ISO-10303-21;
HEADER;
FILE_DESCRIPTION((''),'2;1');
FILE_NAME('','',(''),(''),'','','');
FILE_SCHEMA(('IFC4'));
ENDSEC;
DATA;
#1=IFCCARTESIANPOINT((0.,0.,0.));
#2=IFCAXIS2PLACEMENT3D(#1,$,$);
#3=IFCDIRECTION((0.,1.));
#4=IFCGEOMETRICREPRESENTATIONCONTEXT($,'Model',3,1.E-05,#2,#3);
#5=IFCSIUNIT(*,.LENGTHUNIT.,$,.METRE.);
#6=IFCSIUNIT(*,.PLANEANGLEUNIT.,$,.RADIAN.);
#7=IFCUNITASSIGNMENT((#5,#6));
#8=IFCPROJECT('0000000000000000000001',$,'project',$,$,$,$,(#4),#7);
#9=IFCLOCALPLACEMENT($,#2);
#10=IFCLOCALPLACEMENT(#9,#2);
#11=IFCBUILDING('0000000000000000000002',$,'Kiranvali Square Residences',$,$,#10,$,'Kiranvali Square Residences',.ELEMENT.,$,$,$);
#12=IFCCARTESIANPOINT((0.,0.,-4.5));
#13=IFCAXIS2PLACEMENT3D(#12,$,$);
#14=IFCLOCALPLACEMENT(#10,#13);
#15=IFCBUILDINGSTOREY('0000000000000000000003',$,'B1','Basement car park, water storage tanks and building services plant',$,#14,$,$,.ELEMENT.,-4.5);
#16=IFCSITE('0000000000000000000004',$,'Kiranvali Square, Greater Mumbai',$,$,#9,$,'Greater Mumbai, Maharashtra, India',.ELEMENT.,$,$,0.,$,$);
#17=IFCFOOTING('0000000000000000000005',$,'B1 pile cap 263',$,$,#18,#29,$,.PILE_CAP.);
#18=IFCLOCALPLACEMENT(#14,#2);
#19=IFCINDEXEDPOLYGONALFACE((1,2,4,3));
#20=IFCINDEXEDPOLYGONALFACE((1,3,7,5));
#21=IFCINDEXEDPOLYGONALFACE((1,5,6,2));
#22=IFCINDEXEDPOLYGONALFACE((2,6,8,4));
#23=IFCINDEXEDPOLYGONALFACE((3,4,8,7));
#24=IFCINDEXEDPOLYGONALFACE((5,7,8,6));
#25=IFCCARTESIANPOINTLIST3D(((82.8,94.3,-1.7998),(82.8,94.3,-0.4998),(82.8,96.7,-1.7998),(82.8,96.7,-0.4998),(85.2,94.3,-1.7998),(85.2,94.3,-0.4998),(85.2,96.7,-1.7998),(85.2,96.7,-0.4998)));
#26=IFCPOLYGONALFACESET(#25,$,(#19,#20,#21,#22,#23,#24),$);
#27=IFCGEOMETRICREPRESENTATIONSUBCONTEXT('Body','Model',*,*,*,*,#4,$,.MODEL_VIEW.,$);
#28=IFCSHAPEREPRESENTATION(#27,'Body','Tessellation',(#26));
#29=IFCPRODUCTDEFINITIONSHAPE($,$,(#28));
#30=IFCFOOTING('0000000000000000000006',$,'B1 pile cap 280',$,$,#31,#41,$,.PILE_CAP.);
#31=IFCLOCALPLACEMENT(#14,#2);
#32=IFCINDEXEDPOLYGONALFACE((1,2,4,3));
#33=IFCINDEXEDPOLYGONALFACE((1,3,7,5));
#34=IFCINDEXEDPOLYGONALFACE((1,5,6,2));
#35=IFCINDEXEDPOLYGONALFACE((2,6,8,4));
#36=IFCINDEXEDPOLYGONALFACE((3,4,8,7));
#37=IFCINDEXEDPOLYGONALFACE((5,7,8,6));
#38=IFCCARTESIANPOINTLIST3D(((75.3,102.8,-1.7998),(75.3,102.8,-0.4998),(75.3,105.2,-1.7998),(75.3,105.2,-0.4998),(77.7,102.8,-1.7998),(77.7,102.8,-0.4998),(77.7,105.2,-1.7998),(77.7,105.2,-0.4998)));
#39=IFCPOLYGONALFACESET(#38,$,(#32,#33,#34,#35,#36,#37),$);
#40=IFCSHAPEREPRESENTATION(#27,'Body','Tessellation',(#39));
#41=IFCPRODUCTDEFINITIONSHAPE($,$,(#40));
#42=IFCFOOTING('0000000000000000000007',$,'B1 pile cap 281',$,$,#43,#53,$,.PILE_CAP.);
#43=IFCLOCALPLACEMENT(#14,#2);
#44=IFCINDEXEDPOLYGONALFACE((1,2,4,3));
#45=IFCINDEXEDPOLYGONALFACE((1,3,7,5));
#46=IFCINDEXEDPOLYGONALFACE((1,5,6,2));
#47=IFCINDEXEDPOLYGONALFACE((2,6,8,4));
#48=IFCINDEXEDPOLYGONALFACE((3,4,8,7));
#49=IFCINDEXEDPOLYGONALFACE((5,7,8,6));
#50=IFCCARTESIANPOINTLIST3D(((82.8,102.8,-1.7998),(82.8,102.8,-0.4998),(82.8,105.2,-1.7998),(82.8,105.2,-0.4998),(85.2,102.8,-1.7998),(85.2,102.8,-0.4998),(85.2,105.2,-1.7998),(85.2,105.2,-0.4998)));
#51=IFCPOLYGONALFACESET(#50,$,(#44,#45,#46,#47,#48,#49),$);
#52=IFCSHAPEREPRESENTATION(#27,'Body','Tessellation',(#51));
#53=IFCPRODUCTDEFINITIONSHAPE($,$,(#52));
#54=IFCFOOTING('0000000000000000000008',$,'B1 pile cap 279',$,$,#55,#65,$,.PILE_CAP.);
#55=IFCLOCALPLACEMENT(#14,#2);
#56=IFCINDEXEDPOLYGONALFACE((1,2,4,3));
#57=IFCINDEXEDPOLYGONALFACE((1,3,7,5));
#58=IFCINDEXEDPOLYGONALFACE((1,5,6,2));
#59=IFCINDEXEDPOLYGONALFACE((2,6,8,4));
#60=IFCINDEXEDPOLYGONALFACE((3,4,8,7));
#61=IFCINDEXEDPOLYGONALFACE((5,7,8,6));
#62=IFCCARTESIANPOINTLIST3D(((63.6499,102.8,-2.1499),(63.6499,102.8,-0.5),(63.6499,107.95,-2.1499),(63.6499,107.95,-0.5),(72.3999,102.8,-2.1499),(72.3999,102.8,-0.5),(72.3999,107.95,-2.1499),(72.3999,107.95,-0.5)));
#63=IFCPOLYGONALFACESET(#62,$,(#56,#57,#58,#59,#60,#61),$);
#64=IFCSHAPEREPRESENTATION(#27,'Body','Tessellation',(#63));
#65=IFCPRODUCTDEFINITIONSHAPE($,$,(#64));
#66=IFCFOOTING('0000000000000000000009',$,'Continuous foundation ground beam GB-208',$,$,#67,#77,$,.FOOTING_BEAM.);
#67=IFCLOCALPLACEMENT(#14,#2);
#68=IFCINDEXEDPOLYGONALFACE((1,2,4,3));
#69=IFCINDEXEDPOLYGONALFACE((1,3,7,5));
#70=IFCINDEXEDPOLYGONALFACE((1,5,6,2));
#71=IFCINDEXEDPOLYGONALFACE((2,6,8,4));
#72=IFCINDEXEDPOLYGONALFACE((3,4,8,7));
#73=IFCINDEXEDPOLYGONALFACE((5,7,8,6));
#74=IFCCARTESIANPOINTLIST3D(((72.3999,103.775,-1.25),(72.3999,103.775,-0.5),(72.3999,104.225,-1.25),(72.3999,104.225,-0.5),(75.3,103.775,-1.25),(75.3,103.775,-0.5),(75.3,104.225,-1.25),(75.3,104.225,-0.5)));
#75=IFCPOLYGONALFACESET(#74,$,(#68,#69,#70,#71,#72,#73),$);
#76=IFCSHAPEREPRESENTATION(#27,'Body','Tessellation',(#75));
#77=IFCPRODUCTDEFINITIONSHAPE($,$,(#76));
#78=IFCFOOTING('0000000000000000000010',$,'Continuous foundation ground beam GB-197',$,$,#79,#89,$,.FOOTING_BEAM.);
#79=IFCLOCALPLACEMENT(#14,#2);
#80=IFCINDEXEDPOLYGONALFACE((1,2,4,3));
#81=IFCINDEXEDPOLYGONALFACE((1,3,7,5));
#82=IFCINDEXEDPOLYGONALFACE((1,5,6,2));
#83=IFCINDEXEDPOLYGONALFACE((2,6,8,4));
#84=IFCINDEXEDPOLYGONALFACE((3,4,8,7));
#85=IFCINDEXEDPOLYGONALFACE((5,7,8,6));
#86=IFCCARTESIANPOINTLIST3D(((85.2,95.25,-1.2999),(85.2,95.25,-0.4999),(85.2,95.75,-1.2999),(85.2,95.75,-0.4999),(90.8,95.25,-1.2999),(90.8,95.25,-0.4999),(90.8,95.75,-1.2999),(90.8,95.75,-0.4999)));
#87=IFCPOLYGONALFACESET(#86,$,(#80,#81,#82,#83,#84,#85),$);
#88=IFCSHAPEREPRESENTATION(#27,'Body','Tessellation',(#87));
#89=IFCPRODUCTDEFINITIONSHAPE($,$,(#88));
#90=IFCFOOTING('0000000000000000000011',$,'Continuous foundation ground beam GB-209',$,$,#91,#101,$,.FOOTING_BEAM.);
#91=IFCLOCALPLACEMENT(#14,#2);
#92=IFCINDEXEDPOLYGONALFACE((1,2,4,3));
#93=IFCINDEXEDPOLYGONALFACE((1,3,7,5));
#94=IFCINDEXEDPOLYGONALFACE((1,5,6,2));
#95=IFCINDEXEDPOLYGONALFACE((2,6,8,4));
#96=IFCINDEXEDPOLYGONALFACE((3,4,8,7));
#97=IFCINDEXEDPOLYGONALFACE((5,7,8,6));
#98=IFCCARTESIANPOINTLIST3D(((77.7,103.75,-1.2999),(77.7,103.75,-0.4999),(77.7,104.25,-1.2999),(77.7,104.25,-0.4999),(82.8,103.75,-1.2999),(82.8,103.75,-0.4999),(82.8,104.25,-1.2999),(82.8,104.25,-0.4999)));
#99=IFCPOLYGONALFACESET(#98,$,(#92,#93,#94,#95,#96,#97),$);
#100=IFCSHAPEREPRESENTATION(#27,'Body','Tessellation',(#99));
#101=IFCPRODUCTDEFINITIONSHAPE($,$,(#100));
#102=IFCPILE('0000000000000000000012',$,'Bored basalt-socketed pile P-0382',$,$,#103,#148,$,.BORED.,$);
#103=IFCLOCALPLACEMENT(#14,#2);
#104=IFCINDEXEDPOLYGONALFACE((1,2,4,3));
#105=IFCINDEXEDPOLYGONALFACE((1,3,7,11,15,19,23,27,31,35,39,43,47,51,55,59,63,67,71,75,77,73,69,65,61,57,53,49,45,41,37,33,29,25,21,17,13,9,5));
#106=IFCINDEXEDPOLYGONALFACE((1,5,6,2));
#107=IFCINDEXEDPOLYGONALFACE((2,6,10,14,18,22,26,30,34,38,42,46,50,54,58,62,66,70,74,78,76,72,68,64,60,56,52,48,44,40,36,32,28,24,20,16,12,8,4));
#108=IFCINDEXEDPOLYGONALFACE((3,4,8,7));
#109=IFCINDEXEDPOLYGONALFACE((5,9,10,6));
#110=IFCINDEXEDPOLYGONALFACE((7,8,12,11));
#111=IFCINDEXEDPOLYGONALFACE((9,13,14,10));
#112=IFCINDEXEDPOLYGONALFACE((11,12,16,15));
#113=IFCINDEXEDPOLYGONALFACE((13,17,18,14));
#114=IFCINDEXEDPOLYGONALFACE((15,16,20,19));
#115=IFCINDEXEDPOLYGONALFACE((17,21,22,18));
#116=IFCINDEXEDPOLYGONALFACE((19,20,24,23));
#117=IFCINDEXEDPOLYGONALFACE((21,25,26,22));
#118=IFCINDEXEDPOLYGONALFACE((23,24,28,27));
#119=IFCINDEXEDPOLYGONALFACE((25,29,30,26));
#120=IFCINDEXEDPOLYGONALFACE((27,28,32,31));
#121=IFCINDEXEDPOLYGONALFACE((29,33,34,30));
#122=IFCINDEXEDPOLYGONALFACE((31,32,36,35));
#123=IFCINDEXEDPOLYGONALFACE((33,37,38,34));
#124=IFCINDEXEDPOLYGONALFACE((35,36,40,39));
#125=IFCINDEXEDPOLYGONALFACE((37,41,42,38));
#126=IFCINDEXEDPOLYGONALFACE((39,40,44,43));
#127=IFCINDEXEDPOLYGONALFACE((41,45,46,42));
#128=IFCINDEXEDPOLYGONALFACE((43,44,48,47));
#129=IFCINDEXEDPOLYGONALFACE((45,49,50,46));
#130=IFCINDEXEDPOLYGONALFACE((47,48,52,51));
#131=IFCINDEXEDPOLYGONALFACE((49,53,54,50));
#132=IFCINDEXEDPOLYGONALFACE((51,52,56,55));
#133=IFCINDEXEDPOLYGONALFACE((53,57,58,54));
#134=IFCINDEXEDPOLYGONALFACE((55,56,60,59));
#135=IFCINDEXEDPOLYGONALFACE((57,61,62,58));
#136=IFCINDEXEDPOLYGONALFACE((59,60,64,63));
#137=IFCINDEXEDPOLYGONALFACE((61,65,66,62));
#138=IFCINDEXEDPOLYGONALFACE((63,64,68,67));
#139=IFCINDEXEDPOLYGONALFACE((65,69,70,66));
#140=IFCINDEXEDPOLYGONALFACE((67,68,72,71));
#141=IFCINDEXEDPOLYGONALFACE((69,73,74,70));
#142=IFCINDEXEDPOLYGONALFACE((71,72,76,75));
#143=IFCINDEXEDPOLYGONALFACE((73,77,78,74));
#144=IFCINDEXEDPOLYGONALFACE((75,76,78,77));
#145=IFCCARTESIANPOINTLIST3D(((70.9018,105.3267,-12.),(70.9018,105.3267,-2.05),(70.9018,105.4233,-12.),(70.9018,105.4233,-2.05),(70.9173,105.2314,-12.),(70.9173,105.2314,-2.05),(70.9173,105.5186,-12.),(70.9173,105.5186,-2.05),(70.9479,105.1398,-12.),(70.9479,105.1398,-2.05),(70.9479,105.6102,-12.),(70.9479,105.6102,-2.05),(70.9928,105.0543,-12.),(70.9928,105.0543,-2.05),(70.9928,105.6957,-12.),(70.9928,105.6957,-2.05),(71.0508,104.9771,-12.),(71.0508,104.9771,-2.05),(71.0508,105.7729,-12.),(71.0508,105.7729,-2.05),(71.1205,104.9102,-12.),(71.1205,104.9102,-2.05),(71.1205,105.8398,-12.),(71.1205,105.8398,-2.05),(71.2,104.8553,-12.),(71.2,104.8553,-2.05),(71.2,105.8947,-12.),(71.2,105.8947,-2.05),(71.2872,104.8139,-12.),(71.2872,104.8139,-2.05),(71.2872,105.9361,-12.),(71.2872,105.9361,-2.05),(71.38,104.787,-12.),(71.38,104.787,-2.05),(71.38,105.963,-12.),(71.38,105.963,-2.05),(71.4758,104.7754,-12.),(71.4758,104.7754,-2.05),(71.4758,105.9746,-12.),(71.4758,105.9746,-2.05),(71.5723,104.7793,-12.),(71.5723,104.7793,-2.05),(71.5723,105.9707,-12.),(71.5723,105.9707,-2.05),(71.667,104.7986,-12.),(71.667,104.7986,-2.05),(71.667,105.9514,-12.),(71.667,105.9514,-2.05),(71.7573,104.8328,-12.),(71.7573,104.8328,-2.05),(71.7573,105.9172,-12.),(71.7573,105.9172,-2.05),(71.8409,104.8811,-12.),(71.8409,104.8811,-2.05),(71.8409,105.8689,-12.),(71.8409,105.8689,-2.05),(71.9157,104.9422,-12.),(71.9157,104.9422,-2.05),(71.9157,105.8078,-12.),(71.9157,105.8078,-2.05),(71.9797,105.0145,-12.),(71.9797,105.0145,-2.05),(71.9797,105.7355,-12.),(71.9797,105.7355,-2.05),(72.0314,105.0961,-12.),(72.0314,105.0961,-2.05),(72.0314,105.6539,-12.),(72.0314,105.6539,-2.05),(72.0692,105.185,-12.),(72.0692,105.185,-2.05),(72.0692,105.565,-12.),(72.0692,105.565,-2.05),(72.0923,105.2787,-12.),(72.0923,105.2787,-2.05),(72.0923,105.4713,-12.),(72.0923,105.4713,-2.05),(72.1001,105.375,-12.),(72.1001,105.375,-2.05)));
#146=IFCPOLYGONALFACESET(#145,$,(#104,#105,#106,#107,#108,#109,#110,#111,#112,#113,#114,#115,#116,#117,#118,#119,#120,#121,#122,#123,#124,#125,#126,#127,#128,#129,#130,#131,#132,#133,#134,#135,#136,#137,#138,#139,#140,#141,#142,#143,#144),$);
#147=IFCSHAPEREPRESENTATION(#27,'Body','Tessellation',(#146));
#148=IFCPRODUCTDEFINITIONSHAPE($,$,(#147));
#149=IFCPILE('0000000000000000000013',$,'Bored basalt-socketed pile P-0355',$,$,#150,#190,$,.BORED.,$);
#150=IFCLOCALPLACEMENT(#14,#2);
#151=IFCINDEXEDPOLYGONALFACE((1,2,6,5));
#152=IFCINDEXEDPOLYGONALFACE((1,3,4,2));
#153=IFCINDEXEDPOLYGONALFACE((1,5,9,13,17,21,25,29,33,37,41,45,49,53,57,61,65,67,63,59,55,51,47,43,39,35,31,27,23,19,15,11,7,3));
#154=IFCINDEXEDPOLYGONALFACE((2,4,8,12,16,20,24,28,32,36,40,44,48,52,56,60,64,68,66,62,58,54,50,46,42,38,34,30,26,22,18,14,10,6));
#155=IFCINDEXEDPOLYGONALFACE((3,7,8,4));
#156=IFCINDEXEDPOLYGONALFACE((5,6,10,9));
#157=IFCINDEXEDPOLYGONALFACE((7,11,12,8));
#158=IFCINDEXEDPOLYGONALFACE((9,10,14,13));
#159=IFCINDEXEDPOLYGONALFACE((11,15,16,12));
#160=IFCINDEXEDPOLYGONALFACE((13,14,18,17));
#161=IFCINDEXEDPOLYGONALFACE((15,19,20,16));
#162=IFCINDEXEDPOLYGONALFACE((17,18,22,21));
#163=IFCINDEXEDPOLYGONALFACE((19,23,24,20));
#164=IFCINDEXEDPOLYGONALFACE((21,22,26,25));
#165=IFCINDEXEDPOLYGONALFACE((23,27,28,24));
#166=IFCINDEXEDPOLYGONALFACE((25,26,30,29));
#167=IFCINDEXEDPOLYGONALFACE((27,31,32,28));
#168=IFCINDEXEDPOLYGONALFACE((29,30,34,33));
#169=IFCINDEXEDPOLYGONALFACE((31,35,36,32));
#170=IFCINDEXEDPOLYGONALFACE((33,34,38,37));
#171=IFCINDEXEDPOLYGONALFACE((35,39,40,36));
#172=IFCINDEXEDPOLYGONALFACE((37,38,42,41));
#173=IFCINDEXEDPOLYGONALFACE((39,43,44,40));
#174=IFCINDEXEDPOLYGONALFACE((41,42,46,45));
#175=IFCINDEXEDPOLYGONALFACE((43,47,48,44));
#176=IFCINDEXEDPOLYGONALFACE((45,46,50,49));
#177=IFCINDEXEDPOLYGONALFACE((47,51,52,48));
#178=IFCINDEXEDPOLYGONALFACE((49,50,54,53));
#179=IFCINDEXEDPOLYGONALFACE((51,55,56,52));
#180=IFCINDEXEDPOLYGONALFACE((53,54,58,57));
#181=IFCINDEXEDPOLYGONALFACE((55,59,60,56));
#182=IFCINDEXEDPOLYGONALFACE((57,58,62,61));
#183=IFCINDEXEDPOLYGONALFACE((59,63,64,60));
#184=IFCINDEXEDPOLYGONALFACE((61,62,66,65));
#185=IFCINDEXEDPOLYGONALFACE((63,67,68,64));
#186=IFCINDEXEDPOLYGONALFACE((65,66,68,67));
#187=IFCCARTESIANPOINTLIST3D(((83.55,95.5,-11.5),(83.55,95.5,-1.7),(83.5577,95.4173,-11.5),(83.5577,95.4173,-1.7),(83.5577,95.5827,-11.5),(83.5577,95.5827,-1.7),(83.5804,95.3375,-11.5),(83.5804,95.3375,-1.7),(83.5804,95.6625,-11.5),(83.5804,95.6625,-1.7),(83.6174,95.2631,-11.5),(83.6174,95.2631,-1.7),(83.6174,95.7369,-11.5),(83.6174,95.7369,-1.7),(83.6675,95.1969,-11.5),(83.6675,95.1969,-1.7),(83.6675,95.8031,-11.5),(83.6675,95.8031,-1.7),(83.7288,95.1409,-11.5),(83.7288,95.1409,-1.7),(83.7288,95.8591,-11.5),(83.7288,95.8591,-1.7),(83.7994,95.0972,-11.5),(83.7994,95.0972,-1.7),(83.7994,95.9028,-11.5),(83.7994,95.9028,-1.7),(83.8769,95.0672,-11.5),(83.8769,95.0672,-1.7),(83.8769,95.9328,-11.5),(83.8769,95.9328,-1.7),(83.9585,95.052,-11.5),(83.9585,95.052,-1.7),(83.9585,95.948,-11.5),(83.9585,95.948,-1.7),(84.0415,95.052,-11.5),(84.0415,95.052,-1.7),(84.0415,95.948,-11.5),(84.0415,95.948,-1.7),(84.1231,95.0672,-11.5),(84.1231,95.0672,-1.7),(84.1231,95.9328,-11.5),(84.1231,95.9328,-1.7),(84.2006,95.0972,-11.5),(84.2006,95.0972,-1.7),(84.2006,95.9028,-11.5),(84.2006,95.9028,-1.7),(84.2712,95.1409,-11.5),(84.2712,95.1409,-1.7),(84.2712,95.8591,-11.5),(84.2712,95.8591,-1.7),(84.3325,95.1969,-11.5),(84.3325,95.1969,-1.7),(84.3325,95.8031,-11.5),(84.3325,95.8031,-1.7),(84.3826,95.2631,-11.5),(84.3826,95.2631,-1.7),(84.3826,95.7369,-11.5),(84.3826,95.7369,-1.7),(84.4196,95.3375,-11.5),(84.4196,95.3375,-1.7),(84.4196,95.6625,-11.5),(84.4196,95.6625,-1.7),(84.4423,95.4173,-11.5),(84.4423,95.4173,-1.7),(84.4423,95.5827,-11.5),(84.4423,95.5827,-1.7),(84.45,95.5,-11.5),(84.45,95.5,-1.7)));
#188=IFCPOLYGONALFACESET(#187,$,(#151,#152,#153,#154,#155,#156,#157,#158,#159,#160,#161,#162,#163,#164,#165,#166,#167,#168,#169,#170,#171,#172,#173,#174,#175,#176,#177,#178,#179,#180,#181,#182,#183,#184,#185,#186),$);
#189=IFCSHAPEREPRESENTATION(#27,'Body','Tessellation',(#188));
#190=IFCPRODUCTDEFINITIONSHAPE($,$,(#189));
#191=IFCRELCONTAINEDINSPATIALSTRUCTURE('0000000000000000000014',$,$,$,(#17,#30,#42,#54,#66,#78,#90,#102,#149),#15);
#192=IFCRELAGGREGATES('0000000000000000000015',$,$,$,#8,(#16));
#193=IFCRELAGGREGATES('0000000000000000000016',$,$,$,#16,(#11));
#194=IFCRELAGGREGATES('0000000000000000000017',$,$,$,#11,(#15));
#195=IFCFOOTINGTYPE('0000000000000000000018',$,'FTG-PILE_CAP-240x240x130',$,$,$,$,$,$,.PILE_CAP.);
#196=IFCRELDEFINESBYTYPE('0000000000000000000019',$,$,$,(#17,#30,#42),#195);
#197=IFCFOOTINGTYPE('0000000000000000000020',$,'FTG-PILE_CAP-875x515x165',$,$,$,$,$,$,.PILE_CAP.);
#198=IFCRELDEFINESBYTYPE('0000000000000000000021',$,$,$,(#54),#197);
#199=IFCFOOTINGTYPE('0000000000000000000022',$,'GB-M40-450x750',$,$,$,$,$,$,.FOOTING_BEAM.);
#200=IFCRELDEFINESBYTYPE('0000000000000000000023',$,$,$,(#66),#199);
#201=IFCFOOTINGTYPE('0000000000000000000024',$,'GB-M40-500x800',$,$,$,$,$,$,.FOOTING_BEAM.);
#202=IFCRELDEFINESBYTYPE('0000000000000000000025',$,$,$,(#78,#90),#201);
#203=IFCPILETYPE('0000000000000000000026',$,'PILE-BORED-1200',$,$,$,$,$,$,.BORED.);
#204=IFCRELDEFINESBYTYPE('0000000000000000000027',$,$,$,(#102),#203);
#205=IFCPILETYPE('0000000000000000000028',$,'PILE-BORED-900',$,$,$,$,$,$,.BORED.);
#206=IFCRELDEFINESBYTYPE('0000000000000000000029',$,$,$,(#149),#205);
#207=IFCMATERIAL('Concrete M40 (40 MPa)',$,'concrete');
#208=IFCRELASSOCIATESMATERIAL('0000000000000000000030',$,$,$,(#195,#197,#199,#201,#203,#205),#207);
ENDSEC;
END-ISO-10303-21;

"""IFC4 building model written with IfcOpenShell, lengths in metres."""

from ifc_helpers import new_model, si_unit, direction, frame, origin, origin_2d, place, context, subcontext, project, spatial, rectangle, circle, extrude, material, material_profile, profile_set, type_object, element, save


model = new_model("IFC4")

# Units and contexts
model_context = context("Model", 3, precision=1e-05, world=origin(), true_north=direction((0.0, 1.0)))
body_context = subcontext(model_context, "Body", "Model", "MODEL_VIEW")
ifc_project = project(units=[si_unit("LENGTHUNIT", "METRE"), si_unit("PLANEANGLEUNIT", "RADIAN")], contexts=[model_context])

# Site, building, storey
site_placement = place(None, origin())
site = spatial("IfcSite", under=ifc_project, at=site_placement, Name="Kiranvali Square, Greater Mumbai", LongName="Greater Mumbai, Maharashtra, India", CompositionType="ELEMENT", RefElevation=0.0)
building_placement = place(site_placement, origin())
building = spatial("IfcBuilding", under=site, at=building_placement, Name="Kiranvali Square Residences", LongName="Kiranvali Square Residences", CompositionType="ELEMENT")
storey_placement = place(building_placement, frame((0.0, 0.0, -4.5)))
storey = spatial("IfcBuildingStorey", under=building, at=storey_placement, Name="B1", Description="Basement car park, water storage tanks and building services plant", CompositionType="ELEMENT", Elevation=-4.5)

# Footings
ifc_material_1 = material(Name="Concrete M40 (40 MPa)", Category="concrete")
footing_type_1 = type_object("IfcFootingType", Name="FTG-PILE_CAP-240x240x130", PredefinedType="PILE_CAP", material=ifc_material_1)
for number, where, z_axis, x_axis, name in (
    (1, (84.0, 95.5, -1.7998), (0.0, 0.0, 1.0), (1.0, 0.0, 0.0), "B1 pile cap 263"),
    (2, (76.5, 104.0, -1.7998), (0.0, 0.0, 1.0), (1.0, 0.0, 0.0), "B1 pile cap 280"),
    (3, (84.0, 104.0, -1.7998), (0.0, 0.0, 1.0), (1.0, 0.0, 0.0), "B1 pile cap 281"),
):
    element("IfcFooting", number, at=place(storey_placement, frame(where, z_axis=z_axis, x_axis=x_axis)), inside=storey, type_object=footing_type_1, Name=name, PredefinedType="PILE_CAP", context=body_context, shape_type="SweptSolid", body=[
        extrude(rectangle(XDim=2.3999, YDim=2.3999, at=origin_2d()), origin(), (0.0, 0.0, 1.0), 1.3),
    ])
footing_type_2 = type_object("IfcFootingType", Name="FTG-PILE_CAP-875x515x165", PredefinedType="PILE_CAP", material=ifc_material_1)
footing_1_placement = place(storey_placement, frame((68.0249, 105.375, -2.1499), z_axis=(0.0, 0.0, 1.0), x_axis=(1.0, 0.0, 0.0)))
element("IfcFooting", 4, at=footing_1_placement, inside=storey, type_object=footing_type_2, Name="B1 pile cap 279", PredefinedType="PILE_CAP", context=body_context, shape_type="SweptSolid", body=[
    extrude(rectangle(XDim=8.75, YDim=5.1499, at=origin_2d()), origin(), (0.0, 0.0, 1.0), 1.6499),
])
ifc_material_profile_1 = material_profile(ifc_material_1, rectangle(XDim=0.45, YDim=0.75, at=origin_2d()), Name="GB 450x750")
ifc_profile_set_1 = profile_set([ifc_material_profile_1], Name="Concrete M40 (40 MPa)")
footing_type_3 = type_object("IfcFootingType", Name="GB-M40-450x750", PredefinedType="FOOTING_BEAM", material=ifc_profile_set_1)
footing_2_placement = place(storey_placement, frame((72.3999, 104.0, -0.875), z_axis=(1.0, 0.0, 0.0), x_axis=(0.0, 1.0, 0.0)))
element("IfcFooting", 5, at=footing_2_placement, inside=storey, type_object=footing_type_3, Name="Continuous foundation ground beam GB-208", PredefinedType="FOOTING_BEAM", context=body_context, shape_type="SweptSolid", body=[
    extrude(rectangle(XDim=0.45, YDim=0.75, at=origin_2d()), origin(), (0.0, 0.0, 1.0), 2.9001),
])
ifc_material_profile_2 = material_profile(ifc_material_1, rectangle(XDim=0.5, YDim=0.8, at=origin_2d()), Name="GB 500x800")
ifc_profile_set_2 = profile_set([ifc_material_profile_2], Name="Concrete M40 (40 MPa)")
footing_type_4 = type_object("IfcFootingType", Name="GB-M40-500x800", PredefinedType="FOOTING_BEAM", material=ifc_profile_set_2)
footing_3_placement = place(storey_placement, frame((85.2, 95.5, -0.8999), z_axis=(1.0, 0.0, 0.0), x_axis=(0.0, 1.0, 0.0)))
element("IfcFooting", 6, at=footing_3_placement, inside=storey, type_object=footing_type_4, Name="Continuous foundation ground beam GB-197", PredefinedType="FOOTING_BEAM", context=body_context, shape_type="SweptSolid", body=[
    extrude(rectangle(XDim=0.5, YDim=0.8, at=origin_2d()), origin(), (0.0, 0.0, 1.0), 5.6001),
])
footing_4_placement = place(storey_placement, frame((77.7, 104.0, -0.8999), z_axis=(1.0, 0.0, 0.0), x_axis=(0.0, 1.0, 0.0)))
element("IfcFooting", 7, at=footing_4_placement, inside=storey, type_object=footing_type_4, Name="Continuous foundation ground beam GB-209", PredefinedType="FOOTING_BEAM", context=body_context, shape_type="SweptSolid", body=[
    extrude(rectangle(XDim=0.5, YDim=0.8, at=origin_2d()), origin(), (0.0, 0.0, 1.0), 5.1001),
])

# Piles
ifc_material_profile_3 = material_profile(ifc_material_1, circle(Radius=0.6001, at=origin_2d()), Name="BORED PILE 1200")
ifc_profile_set_3 = profile_set([ifc_material_profile_3], Name="Concrete M40 (40 MPa)")
pile_type_1 = type_object("IfcPileType", Name="PILE-BORED-1200", PredefinedType="BORED", material=ifc_profile_set_3)
pile_placement = place(storey_placement, frame((71.5, 105.375, -2.05), z_axis=(0.0, 0.0, -1.0), x_axis=(1.0, 0.0, 0.0)))
element("IfcPile", 8, at=pile_placement, inside=storey, type_object=pile_type_1, Name="Bored basalt-socketed pile P-0382", PredefinedType="BORED", context=body_context, shape_type="SweptSolid", body=[
    extrude(circle(Radius=0.6001, at=origin_2d()), origin(), (0.0, 0.0, 1.0), 9.95),
])
ifc_material_profile_4 = material_profile(ifc_material_1, circle(Radius=0.45, at=origin_2d()), Name="BORED PILE 900")
ifc_profile_set_4 = profile_set([ifc_material_profile_4], Name="Concrete M40 (40 MPa)")
pile_type_2 = type_object("IfcPileType", Name="PILE-BORED-900", PredefinedType="BORED", material=ifc_profile_set_4)
for number, where, z_axis, x_axis, name in (
    (9, (84.0, 95.5, -1.7), (0.0, 0.0, -1.0), (1.0, 0.0, 0.0), "Bored basalt-socketed pile P-0355"),
):
    element("IfcPile", number, at=place(storey_placement, frame(where, z_axis=z_axis, x_axis=x_axis)), inside=storey, type_object=pile_type_2, Name=name, PredefinedType="BORED", context=body_context, shape_type="SweptSolid", body=[
        extrude(circle(Radius=0.45, at=origin_2d()), origin(), (0.0, 0.0, 1.0), 9.8),
    ])

save(model, "model.ifc")
